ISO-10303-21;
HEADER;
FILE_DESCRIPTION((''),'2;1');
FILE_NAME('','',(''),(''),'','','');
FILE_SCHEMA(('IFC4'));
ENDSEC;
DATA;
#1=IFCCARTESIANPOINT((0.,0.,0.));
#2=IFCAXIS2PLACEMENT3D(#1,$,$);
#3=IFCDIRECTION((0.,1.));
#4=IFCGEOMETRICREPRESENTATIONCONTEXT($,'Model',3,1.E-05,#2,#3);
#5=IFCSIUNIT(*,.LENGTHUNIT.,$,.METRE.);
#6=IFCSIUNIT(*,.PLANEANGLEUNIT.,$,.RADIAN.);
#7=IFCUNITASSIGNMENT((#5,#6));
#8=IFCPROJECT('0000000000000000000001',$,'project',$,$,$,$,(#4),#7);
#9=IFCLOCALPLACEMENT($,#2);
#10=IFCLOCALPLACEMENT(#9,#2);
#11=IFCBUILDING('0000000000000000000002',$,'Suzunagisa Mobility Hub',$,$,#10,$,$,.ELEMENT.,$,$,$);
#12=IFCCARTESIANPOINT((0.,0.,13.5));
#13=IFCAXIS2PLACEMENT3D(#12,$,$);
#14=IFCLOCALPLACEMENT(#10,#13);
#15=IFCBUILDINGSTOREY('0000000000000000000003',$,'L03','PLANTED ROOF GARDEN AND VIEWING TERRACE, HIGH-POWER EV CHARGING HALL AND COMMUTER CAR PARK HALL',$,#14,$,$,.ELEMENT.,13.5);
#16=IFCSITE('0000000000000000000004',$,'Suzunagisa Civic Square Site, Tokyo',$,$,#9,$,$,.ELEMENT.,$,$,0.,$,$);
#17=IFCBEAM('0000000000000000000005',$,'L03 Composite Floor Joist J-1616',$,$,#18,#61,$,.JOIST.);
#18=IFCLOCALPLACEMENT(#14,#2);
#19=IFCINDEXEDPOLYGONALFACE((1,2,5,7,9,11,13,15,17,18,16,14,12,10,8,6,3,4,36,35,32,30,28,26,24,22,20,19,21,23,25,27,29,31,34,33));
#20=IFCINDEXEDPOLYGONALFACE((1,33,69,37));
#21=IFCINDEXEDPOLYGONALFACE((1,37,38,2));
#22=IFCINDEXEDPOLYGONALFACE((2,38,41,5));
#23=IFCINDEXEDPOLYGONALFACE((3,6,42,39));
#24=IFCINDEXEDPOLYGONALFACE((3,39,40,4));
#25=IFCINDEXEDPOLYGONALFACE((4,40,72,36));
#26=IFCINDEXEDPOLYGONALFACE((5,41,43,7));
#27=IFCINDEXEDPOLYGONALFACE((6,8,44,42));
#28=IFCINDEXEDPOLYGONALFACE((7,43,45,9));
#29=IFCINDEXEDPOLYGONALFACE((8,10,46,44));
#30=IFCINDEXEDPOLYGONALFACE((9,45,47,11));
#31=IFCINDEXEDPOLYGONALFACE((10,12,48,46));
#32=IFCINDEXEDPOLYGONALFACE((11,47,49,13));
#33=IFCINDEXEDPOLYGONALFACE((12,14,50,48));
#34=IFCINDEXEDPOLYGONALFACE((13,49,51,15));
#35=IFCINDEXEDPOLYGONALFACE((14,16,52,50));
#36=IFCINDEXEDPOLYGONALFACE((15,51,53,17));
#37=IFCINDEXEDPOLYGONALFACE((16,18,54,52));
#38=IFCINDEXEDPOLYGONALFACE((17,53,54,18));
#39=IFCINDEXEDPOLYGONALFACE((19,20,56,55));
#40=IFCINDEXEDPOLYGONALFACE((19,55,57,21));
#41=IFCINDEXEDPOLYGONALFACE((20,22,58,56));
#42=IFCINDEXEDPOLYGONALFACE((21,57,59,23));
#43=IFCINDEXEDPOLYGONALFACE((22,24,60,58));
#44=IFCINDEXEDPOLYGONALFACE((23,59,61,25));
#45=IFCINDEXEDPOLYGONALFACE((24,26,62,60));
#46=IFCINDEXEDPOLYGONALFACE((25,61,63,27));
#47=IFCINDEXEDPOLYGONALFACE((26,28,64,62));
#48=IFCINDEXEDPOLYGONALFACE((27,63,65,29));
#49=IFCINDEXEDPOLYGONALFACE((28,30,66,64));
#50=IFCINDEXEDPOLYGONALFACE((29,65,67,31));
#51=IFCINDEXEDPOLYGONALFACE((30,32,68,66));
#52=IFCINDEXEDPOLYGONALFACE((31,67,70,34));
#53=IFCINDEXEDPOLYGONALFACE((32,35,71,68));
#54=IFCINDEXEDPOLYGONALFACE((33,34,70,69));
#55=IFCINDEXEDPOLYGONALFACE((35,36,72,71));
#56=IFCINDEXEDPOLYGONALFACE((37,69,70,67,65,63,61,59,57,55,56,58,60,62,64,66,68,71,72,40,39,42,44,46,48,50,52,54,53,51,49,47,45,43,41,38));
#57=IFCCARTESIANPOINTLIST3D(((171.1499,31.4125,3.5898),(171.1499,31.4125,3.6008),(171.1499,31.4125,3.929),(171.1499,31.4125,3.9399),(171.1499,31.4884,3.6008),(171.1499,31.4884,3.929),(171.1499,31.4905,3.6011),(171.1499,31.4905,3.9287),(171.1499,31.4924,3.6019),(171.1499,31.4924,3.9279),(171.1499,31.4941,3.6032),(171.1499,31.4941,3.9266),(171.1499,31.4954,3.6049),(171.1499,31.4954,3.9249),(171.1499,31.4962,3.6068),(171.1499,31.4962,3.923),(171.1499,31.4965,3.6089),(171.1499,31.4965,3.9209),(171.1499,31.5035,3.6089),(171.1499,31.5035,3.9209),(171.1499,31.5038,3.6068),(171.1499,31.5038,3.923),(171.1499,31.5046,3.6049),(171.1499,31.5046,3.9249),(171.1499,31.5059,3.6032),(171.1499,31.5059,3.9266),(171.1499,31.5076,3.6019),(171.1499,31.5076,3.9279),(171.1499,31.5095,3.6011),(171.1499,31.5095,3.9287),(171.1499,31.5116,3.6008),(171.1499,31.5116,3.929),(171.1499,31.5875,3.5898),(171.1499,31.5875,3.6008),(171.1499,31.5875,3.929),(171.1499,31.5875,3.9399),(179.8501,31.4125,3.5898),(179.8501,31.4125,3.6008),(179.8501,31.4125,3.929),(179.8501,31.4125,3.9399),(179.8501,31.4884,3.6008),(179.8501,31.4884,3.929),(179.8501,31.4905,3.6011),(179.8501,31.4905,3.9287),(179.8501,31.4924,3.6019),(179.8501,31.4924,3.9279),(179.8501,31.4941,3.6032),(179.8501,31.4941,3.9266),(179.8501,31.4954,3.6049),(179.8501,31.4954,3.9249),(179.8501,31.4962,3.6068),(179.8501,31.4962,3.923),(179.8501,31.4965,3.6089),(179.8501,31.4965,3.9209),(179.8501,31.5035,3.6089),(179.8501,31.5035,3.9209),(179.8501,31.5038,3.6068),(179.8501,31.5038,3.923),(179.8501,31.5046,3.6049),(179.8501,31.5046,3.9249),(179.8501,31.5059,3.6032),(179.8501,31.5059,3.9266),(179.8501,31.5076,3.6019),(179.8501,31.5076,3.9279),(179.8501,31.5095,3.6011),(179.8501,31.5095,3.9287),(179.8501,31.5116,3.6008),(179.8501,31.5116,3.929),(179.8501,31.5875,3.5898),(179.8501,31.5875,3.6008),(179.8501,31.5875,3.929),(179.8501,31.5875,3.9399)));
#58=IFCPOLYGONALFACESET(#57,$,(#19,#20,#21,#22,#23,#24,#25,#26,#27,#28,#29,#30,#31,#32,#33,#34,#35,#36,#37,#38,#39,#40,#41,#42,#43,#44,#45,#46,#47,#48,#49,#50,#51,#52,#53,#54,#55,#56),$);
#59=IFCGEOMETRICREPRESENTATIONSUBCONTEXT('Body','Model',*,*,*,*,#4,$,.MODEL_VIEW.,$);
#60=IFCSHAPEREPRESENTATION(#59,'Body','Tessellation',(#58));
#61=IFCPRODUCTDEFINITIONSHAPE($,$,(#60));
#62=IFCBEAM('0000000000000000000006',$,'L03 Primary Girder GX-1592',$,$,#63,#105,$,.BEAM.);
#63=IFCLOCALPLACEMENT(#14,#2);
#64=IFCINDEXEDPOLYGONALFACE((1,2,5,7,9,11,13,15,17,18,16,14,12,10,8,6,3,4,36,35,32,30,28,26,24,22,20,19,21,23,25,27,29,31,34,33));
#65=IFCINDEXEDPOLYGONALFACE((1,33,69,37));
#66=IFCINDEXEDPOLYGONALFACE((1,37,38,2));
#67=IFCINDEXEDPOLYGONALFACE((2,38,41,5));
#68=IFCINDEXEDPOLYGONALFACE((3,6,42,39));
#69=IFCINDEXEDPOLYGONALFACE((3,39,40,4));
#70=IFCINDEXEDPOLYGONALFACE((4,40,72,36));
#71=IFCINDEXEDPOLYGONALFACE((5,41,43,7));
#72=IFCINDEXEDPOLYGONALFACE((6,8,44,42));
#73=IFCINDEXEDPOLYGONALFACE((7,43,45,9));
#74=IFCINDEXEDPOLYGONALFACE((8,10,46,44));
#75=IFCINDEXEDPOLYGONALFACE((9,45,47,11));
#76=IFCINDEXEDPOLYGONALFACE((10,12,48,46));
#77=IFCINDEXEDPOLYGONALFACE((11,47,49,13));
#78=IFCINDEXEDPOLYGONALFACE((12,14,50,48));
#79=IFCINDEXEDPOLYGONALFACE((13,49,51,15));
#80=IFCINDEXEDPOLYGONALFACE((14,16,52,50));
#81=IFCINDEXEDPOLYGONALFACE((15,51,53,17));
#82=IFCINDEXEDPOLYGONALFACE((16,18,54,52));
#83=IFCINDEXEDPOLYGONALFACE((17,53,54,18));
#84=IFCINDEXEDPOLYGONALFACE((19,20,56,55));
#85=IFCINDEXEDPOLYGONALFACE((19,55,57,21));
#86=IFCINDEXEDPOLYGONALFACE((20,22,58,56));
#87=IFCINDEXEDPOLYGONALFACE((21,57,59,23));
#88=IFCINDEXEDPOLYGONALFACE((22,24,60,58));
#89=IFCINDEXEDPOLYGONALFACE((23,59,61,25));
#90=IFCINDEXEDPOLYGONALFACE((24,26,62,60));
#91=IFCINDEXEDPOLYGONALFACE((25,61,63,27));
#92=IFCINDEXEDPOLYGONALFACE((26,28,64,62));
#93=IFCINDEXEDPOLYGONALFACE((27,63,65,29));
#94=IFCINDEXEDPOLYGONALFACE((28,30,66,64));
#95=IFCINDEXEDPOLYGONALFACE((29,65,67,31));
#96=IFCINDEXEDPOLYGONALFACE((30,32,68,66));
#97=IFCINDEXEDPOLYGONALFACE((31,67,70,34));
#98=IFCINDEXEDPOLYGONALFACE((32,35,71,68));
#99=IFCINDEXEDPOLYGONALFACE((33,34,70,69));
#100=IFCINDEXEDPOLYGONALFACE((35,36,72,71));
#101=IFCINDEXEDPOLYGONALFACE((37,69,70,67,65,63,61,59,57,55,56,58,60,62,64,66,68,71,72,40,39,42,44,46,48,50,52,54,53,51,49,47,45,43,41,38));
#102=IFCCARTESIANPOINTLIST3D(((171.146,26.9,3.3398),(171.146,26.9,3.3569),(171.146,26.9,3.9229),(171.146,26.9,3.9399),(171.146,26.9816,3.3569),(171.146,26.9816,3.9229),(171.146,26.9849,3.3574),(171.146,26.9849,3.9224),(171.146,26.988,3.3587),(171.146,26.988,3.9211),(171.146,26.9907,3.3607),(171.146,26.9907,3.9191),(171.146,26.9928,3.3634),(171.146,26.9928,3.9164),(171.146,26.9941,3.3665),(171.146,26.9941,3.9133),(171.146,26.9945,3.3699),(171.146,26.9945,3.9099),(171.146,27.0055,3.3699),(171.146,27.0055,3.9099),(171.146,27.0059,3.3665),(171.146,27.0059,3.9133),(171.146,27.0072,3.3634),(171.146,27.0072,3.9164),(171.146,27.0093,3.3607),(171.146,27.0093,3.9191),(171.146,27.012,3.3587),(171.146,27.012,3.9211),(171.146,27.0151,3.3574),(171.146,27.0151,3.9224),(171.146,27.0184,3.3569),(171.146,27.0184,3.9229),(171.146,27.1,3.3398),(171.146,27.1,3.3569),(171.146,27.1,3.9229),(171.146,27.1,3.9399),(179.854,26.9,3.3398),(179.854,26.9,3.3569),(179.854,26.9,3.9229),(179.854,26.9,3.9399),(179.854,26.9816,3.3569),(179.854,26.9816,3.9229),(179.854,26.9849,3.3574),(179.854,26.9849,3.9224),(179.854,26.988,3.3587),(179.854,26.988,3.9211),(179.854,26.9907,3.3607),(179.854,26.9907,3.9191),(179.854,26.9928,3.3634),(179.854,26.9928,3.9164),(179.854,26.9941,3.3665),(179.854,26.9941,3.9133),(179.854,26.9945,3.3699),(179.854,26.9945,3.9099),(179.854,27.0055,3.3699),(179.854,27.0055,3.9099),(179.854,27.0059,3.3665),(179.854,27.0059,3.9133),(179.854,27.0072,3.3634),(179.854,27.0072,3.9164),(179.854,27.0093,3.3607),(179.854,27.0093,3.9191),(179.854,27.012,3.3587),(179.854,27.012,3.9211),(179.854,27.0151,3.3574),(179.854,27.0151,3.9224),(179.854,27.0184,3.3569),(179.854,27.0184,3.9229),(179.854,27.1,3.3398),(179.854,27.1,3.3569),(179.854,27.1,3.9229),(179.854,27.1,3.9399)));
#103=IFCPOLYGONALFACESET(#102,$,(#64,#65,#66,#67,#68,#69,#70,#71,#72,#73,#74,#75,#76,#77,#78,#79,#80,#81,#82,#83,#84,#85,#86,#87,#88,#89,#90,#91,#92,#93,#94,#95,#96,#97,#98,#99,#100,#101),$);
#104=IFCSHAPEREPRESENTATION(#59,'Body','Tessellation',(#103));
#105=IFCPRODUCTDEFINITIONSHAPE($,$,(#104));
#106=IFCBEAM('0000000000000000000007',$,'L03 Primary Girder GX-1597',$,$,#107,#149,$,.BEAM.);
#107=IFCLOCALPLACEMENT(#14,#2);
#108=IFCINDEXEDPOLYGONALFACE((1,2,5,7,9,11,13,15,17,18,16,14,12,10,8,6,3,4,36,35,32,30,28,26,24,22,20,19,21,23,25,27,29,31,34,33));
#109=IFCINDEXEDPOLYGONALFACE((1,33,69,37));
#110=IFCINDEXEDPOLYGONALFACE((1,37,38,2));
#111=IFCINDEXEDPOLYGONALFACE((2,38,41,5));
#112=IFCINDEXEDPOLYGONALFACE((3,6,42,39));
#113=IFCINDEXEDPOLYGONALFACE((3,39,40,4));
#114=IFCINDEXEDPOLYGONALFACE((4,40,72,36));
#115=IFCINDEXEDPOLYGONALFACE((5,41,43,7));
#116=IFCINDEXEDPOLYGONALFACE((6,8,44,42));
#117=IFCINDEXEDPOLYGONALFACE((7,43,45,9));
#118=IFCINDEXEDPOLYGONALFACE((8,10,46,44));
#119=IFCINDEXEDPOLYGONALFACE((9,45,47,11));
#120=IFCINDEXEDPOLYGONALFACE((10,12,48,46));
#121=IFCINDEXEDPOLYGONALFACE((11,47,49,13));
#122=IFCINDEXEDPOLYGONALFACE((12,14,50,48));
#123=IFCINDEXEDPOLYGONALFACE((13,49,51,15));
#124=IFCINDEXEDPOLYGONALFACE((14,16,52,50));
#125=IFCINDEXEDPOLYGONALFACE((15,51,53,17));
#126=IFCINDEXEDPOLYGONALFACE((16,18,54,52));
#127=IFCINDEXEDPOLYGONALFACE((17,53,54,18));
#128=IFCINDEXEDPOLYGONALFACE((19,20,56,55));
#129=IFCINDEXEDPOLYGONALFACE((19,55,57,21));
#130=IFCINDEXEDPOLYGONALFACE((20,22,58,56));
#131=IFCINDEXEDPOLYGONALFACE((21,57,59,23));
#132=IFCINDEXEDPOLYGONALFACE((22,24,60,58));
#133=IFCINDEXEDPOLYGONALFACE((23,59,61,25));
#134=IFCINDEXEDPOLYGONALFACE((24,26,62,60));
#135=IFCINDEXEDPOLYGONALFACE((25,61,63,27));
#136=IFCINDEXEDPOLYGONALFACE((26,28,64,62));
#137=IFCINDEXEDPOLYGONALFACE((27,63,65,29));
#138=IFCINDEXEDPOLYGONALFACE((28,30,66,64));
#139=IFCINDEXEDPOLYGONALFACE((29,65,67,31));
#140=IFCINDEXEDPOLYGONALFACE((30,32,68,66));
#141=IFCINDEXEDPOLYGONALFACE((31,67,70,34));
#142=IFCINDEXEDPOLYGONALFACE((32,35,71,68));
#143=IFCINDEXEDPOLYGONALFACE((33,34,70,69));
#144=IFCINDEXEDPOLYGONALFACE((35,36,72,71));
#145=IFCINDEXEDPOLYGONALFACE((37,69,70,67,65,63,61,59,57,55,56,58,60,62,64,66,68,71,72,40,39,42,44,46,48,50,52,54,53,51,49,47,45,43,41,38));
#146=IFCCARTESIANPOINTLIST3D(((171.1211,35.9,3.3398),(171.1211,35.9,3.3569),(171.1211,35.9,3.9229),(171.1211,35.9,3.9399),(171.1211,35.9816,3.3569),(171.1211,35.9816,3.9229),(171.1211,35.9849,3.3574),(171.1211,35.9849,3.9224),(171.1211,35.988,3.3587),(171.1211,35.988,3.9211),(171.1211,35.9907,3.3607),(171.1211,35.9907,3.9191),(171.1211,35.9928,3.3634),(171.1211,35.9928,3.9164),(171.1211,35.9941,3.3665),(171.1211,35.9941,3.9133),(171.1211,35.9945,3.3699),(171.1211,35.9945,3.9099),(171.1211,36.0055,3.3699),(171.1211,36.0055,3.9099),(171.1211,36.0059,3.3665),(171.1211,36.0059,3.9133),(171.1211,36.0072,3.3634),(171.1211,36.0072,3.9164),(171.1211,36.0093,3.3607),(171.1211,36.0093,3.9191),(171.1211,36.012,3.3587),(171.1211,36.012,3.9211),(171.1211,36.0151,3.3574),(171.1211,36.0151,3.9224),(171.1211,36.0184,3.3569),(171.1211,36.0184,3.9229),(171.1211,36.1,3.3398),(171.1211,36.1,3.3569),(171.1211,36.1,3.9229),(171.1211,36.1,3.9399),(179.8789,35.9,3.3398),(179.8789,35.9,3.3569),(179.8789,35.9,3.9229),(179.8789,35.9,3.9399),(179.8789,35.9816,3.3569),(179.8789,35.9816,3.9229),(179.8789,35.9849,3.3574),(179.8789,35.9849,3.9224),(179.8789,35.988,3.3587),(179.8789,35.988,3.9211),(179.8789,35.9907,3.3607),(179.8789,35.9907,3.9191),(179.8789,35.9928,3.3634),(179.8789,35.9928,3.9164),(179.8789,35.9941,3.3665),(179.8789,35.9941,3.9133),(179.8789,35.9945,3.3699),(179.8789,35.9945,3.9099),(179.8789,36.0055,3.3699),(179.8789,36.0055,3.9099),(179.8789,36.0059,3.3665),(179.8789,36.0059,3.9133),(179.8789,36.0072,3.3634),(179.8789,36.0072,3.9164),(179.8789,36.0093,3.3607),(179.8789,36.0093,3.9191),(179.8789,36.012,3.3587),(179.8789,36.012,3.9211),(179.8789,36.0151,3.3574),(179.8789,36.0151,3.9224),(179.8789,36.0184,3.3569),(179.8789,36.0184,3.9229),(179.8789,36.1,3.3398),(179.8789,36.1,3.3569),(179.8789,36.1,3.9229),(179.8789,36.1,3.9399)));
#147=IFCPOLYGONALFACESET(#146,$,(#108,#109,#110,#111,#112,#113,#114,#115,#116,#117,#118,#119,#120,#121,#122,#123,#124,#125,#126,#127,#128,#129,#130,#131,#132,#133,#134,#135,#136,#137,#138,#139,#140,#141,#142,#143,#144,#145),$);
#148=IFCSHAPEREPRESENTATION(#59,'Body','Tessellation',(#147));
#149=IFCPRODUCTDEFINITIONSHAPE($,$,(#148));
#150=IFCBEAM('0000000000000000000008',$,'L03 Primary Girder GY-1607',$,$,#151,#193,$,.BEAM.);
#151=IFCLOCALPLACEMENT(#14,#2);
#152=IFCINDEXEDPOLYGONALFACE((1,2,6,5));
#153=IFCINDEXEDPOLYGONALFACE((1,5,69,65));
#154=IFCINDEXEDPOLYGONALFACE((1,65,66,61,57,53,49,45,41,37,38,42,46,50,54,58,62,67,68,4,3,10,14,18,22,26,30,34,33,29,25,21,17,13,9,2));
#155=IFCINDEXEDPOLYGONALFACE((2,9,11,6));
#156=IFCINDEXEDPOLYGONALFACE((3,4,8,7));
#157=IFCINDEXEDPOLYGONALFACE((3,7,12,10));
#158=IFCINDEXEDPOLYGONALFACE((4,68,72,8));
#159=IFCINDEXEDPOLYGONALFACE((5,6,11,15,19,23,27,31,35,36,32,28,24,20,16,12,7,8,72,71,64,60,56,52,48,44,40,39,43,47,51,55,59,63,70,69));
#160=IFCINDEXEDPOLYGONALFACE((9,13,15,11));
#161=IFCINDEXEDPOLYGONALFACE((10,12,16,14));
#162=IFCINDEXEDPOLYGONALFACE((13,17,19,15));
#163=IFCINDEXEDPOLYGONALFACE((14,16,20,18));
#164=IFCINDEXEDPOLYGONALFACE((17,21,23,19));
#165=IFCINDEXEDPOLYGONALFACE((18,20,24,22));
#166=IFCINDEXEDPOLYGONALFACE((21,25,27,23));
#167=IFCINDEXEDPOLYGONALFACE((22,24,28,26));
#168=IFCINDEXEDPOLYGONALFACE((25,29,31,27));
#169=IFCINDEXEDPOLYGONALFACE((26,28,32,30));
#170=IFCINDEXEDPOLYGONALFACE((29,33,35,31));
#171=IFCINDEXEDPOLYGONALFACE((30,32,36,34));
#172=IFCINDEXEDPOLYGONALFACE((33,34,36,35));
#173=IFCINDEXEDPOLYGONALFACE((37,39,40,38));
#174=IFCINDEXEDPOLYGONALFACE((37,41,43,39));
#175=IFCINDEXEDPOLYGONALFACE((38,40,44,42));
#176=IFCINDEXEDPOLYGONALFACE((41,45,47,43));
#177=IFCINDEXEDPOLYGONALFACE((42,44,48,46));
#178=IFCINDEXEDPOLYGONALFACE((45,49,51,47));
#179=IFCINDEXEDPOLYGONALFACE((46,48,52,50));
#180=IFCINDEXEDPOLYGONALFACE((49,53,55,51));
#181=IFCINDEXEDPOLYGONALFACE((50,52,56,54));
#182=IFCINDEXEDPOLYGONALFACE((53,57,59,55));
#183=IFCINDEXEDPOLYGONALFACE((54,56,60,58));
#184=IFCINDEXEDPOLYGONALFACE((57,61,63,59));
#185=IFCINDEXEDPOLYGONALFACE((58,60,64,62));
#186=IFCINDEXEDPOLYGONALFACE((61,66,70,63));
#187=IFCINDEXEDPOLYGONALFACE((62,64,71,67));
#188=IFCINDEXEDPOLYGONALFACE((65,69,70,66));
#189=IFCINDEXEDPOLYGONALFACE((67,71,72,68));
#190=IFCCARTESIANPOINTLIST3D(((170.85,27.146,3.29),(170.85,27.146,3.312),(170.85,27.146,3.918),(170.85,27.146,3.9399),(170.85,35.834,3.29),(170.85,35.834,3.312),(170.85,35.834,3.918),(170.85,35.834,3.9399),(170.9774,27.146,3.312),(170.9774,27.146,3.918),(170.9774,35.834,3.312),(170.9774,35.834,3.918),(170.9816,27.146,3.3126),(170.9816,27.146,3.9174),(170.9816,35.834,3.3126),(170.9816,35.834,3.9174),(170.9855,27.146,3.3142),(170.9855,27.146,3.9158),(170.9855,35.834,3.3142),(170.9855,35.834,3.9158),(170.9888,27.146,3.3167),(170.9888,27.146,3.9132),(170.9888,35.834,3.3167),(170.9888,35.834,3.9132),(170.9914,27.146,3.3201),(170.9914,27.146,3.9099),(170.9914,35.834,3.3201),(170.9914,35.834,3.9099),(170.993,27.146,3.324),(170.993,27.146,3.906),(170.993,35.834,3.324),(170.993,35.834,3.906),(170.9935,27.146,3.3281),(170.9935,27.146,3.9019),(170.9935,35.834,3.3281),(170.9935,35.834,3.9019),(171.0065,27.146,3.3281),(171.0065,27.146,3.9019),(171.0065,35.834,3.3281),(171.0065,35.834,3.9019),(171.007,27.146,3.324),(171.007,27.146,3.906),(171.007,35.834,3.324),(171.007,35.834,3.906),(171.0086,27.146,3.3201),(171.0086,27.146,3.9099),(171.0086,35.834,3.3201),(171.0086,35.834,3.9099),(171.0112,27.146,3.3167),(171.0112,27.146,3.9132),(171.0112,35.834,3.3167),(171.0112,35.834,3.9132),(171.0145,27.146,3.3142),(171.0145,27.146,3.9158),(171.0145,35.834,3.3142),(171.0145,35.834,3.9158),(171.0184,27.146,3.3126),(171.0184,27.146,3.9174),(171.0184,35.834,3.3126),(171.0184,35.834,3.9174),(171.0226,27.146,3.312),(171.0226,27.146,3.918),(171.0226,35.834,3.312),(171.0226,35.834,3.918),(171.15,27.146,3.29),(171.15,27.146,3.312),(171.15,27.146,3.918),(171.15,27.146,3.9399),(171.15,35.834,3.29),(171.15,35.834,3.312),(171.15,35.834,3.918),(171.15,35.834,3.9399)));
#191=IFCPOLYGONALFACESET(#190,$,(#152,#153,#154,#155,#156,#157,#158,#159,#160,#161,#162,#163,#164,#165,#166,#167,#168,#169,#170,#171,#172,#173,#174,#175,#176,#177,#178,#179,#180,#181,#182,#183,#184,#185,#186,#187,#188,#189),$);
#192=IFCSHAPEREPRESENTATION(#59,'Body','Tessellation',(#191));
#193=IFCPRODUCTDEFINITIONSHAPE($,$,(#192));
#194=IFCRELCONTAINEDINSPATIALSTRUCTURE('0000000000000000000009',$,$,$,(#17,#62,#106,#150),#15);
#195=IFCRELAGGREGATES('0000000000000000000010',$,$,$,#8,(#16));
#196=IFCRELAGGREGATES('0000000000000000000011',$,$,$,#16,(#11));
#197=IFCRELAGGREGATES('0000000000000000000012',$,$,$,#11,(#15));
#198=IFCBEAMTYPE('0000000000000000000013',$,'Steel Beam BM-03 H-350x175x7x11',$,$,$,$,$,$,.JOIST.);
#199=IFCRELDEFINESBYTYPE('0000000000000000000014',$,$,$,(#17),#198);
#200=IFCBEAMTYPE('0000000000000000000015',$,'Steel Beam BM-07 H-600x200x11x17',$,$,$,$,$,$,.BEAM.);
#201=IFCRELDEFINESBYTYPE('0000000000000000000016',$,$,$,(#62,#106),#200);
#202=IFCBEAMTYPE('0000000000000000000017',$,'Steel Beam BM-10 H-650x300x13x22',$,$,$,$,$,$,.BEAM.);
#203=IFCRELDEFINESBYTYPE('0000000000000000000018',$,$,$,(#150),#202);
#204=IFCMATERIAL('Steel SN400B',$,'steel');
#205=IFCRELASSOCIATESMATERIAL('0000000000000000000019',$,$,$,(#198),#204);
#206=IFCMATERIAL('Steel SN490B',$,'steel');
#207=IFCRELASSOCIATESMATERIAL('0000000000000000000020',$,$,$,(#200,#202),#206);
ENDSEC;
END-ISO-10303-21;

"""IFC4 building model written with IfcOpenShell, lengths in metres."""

from ifc_helpers import new_model, si_unit, direction, frame, origin, origin_2d, place, context, subcontext, project, spatial, i_section, extrude, material, material_profile, profile_set, type_object, element, save


model = new_model("IFC4")

# Units and contexts
model_context = context("Model", 3, precision=1e-05, world=origin(), true_north=direction((0.0, 1.0)))
body_context = subcontext(model_context, "Body", "Model", "MODEL_VIEW")
ifc_project = project(units=[si_unit("LENGTHUNIT", "METRE"), si_unit("PLANEANGLEUNIT", "RADIAN")], contexts=[model_context])

# Site, building, storey
site_placement = place(None, origin())
site = spatial("IfcSite", under=ifc_project, at=site_placement, Name="Suzunagisa Civic Square Site, Tokyo", CompositionType="ELEMENT", RefElevation=0.0)
building_placement = place(site_placement, origin())
building = spatial("IfcBuilding", under=site, at=building_placement, Name="Suzunagisa Mobility Hub", CompositionType="ELEMENT")
storey_placement = place(building_placement, frame((0.0, 0.0, 13.5)))
storey = spatial("IfcBuildingStorey", under=building, at=storey_placement, Name="L03", Description="PLANTED ROOF GARDEN AND VIEWING TERRACE, HIGH-POWER EV CHARGING HALL AND COMMUTER CAR PARK HALL", CompositionType="ELEMENT", Elevation=13.5)

# Shared definitions
ifc_material_1 = material(Name="Steel SN490B", Category="steel")

# Beams
ifc_material_2 = material(Name="Steel SN400B", Category="steel")
ifc_material_profile_1 = material_profile(ifc_material_2, i_section(OverallWidth=0.175, OverallDepth=0.3501, WebThickness=0.0071, FlangeThickness=0.011, FilletRadius=0.0081, at=origin_2d()), Name="H-350x175x7x11")
ifc_profile_set_1 = profile_set([ifc_material_profile_1], Name="Steel SN400B")
beam_type_1 = type_object("IfcBeamType", Name="Steel Beam BM-03 H-350x175x7x11", PredefinedType="JOIST", material=ifc_profile_set_1)
beam_1_placement = place(storey_placement, frame((171.1499, 31.5, 3.7649), z_axis=(1.0, 0.0, 0.0), x_axis=(0.0, 1.0, 0.0)))
element("IfcBeam", 1, at=beam_1_placement, inside=storey, type_object=beam_type_1, Name="L03 Composite Floor Joist J-1616", PredefinedType="JOIST", context=body_context, shape_type="SweptSolid", body=[
    extrude(i_section(OverallWidth=0.175, OverallDepth=0.3501, WebThickness=0.0071, FlangeThickness=0.011, FilletRadius=0.0081, at=origin_2d()), origin(), (0.0, 0.0, 1.0), 8.7002),
])
ifc_material_profile_2 = material_profile(ifc_material_1, i_section(OverallWidth=0.2, OverallDepth=0.6001, WebThickness=0.011, FlangeThickness=0.0171, FilletRadius=0.0129, at=origin_2d()), Name="H-600x200x11x17")
ifc_profile_set_2 = profile_set([ifc_material_profile_2], Name="Steel SN490B")
beam_type_2 = type_object("IfcBeamType", Name="Steel Beam BM-07 H-600x200x11x17", PredefinedType="BEAM", material=ifc_profile_set_2)
beam_2_placement = place(storey_placement, frame((171.146, 27.0, 3.6399), z_axis=(1.0, 0.0, 0.0), x_axis=(0.0, 1.0, 0.0)))
element("IfcBeam", 2, at=beam_2_placement, inside=storey, type_object=beam_type_2, Name="L03 Primary Girder GX-1592", PredefinedType="BEAM", context=body_context, shape_type="SweptSolid", body=[
    extrude(i_section(OverallWidth=0.2, OverallDepth=0.6001, WebThickness=0.011, FlangeThickness=0.0171, FilletRadius=0.0129, at=origin_2d()), origin(), (0.0, 0.0, 1.0), 8.708),
])
beam_3_placement = place(storey_placement, frame((171.1211, 36.0, 3.6399), z_axis=(1.0, 0.0, 0.0), x_axis=(0.0, 1.0, 0.0)))
element("IfcBeam", 3, at=beam_3_placement, inside=storey, type_object=beam_type_2, Name="L03 Primary Girder GX-1597", PredefinedType="BEAM", context=body_context, shape_type="SweptSolid", body=[
    extrude(i_section(OverallWidth=0.2, OverallDepth=0.6001, WebThickness=0.011, FlangeThickness=0.0171, FilletRadius=0.0129, at=origin_2d()), origin(), (0.0, 0.0, 1.0), 8.7578),
])
ifc_material_profile_3 = material_profile(ifc_material_1, i_section(OverallWidth=0.3, OverallDepth=0.6499, WebThickness=0.0129, FlangeThickness=0.022, FilletRadius=0.0161, at=origin_2d()), Name="H-650x300x13x22")
ifc_profile_set_3 = profile_set([ifc_material_profile_3], Name="Steel SN490B")
beam_type_3 = type_object("IfcBeamType", Name="Steel Beam BM-10 H-650x300x13x22", PredefinedType="BEAM", material=ifc_profile_set_3)
for number, where, z_axis, x_axis, name in (
    (4, (171.0, 27.146, 3.615), (0.0, 1.0, 0.0), (-1.0, 0.0, 0.0), "L03 Primary Girder GY-1607"),
):
    element("IfcBeam", number, at=place(storey_placement, frame(where, z_axis=z_axis, x_axis=x_axis)), inside=storey, type_object=beam_type_3, Name=name, PredefinedType="BEAM", context=body_context, shape_type="SweptSolid", body=[
        extrude(i_section(OverallWidth=0.3, OverallDepth=0.6499, WebThickness=0.0129, FlangeThickness=0.022, FilletRadius=0.0161, at=origin_2d()), origin(), (0.0, 0.0, 1.0), 8.688),
    ])

save(model, "model.ifc")
